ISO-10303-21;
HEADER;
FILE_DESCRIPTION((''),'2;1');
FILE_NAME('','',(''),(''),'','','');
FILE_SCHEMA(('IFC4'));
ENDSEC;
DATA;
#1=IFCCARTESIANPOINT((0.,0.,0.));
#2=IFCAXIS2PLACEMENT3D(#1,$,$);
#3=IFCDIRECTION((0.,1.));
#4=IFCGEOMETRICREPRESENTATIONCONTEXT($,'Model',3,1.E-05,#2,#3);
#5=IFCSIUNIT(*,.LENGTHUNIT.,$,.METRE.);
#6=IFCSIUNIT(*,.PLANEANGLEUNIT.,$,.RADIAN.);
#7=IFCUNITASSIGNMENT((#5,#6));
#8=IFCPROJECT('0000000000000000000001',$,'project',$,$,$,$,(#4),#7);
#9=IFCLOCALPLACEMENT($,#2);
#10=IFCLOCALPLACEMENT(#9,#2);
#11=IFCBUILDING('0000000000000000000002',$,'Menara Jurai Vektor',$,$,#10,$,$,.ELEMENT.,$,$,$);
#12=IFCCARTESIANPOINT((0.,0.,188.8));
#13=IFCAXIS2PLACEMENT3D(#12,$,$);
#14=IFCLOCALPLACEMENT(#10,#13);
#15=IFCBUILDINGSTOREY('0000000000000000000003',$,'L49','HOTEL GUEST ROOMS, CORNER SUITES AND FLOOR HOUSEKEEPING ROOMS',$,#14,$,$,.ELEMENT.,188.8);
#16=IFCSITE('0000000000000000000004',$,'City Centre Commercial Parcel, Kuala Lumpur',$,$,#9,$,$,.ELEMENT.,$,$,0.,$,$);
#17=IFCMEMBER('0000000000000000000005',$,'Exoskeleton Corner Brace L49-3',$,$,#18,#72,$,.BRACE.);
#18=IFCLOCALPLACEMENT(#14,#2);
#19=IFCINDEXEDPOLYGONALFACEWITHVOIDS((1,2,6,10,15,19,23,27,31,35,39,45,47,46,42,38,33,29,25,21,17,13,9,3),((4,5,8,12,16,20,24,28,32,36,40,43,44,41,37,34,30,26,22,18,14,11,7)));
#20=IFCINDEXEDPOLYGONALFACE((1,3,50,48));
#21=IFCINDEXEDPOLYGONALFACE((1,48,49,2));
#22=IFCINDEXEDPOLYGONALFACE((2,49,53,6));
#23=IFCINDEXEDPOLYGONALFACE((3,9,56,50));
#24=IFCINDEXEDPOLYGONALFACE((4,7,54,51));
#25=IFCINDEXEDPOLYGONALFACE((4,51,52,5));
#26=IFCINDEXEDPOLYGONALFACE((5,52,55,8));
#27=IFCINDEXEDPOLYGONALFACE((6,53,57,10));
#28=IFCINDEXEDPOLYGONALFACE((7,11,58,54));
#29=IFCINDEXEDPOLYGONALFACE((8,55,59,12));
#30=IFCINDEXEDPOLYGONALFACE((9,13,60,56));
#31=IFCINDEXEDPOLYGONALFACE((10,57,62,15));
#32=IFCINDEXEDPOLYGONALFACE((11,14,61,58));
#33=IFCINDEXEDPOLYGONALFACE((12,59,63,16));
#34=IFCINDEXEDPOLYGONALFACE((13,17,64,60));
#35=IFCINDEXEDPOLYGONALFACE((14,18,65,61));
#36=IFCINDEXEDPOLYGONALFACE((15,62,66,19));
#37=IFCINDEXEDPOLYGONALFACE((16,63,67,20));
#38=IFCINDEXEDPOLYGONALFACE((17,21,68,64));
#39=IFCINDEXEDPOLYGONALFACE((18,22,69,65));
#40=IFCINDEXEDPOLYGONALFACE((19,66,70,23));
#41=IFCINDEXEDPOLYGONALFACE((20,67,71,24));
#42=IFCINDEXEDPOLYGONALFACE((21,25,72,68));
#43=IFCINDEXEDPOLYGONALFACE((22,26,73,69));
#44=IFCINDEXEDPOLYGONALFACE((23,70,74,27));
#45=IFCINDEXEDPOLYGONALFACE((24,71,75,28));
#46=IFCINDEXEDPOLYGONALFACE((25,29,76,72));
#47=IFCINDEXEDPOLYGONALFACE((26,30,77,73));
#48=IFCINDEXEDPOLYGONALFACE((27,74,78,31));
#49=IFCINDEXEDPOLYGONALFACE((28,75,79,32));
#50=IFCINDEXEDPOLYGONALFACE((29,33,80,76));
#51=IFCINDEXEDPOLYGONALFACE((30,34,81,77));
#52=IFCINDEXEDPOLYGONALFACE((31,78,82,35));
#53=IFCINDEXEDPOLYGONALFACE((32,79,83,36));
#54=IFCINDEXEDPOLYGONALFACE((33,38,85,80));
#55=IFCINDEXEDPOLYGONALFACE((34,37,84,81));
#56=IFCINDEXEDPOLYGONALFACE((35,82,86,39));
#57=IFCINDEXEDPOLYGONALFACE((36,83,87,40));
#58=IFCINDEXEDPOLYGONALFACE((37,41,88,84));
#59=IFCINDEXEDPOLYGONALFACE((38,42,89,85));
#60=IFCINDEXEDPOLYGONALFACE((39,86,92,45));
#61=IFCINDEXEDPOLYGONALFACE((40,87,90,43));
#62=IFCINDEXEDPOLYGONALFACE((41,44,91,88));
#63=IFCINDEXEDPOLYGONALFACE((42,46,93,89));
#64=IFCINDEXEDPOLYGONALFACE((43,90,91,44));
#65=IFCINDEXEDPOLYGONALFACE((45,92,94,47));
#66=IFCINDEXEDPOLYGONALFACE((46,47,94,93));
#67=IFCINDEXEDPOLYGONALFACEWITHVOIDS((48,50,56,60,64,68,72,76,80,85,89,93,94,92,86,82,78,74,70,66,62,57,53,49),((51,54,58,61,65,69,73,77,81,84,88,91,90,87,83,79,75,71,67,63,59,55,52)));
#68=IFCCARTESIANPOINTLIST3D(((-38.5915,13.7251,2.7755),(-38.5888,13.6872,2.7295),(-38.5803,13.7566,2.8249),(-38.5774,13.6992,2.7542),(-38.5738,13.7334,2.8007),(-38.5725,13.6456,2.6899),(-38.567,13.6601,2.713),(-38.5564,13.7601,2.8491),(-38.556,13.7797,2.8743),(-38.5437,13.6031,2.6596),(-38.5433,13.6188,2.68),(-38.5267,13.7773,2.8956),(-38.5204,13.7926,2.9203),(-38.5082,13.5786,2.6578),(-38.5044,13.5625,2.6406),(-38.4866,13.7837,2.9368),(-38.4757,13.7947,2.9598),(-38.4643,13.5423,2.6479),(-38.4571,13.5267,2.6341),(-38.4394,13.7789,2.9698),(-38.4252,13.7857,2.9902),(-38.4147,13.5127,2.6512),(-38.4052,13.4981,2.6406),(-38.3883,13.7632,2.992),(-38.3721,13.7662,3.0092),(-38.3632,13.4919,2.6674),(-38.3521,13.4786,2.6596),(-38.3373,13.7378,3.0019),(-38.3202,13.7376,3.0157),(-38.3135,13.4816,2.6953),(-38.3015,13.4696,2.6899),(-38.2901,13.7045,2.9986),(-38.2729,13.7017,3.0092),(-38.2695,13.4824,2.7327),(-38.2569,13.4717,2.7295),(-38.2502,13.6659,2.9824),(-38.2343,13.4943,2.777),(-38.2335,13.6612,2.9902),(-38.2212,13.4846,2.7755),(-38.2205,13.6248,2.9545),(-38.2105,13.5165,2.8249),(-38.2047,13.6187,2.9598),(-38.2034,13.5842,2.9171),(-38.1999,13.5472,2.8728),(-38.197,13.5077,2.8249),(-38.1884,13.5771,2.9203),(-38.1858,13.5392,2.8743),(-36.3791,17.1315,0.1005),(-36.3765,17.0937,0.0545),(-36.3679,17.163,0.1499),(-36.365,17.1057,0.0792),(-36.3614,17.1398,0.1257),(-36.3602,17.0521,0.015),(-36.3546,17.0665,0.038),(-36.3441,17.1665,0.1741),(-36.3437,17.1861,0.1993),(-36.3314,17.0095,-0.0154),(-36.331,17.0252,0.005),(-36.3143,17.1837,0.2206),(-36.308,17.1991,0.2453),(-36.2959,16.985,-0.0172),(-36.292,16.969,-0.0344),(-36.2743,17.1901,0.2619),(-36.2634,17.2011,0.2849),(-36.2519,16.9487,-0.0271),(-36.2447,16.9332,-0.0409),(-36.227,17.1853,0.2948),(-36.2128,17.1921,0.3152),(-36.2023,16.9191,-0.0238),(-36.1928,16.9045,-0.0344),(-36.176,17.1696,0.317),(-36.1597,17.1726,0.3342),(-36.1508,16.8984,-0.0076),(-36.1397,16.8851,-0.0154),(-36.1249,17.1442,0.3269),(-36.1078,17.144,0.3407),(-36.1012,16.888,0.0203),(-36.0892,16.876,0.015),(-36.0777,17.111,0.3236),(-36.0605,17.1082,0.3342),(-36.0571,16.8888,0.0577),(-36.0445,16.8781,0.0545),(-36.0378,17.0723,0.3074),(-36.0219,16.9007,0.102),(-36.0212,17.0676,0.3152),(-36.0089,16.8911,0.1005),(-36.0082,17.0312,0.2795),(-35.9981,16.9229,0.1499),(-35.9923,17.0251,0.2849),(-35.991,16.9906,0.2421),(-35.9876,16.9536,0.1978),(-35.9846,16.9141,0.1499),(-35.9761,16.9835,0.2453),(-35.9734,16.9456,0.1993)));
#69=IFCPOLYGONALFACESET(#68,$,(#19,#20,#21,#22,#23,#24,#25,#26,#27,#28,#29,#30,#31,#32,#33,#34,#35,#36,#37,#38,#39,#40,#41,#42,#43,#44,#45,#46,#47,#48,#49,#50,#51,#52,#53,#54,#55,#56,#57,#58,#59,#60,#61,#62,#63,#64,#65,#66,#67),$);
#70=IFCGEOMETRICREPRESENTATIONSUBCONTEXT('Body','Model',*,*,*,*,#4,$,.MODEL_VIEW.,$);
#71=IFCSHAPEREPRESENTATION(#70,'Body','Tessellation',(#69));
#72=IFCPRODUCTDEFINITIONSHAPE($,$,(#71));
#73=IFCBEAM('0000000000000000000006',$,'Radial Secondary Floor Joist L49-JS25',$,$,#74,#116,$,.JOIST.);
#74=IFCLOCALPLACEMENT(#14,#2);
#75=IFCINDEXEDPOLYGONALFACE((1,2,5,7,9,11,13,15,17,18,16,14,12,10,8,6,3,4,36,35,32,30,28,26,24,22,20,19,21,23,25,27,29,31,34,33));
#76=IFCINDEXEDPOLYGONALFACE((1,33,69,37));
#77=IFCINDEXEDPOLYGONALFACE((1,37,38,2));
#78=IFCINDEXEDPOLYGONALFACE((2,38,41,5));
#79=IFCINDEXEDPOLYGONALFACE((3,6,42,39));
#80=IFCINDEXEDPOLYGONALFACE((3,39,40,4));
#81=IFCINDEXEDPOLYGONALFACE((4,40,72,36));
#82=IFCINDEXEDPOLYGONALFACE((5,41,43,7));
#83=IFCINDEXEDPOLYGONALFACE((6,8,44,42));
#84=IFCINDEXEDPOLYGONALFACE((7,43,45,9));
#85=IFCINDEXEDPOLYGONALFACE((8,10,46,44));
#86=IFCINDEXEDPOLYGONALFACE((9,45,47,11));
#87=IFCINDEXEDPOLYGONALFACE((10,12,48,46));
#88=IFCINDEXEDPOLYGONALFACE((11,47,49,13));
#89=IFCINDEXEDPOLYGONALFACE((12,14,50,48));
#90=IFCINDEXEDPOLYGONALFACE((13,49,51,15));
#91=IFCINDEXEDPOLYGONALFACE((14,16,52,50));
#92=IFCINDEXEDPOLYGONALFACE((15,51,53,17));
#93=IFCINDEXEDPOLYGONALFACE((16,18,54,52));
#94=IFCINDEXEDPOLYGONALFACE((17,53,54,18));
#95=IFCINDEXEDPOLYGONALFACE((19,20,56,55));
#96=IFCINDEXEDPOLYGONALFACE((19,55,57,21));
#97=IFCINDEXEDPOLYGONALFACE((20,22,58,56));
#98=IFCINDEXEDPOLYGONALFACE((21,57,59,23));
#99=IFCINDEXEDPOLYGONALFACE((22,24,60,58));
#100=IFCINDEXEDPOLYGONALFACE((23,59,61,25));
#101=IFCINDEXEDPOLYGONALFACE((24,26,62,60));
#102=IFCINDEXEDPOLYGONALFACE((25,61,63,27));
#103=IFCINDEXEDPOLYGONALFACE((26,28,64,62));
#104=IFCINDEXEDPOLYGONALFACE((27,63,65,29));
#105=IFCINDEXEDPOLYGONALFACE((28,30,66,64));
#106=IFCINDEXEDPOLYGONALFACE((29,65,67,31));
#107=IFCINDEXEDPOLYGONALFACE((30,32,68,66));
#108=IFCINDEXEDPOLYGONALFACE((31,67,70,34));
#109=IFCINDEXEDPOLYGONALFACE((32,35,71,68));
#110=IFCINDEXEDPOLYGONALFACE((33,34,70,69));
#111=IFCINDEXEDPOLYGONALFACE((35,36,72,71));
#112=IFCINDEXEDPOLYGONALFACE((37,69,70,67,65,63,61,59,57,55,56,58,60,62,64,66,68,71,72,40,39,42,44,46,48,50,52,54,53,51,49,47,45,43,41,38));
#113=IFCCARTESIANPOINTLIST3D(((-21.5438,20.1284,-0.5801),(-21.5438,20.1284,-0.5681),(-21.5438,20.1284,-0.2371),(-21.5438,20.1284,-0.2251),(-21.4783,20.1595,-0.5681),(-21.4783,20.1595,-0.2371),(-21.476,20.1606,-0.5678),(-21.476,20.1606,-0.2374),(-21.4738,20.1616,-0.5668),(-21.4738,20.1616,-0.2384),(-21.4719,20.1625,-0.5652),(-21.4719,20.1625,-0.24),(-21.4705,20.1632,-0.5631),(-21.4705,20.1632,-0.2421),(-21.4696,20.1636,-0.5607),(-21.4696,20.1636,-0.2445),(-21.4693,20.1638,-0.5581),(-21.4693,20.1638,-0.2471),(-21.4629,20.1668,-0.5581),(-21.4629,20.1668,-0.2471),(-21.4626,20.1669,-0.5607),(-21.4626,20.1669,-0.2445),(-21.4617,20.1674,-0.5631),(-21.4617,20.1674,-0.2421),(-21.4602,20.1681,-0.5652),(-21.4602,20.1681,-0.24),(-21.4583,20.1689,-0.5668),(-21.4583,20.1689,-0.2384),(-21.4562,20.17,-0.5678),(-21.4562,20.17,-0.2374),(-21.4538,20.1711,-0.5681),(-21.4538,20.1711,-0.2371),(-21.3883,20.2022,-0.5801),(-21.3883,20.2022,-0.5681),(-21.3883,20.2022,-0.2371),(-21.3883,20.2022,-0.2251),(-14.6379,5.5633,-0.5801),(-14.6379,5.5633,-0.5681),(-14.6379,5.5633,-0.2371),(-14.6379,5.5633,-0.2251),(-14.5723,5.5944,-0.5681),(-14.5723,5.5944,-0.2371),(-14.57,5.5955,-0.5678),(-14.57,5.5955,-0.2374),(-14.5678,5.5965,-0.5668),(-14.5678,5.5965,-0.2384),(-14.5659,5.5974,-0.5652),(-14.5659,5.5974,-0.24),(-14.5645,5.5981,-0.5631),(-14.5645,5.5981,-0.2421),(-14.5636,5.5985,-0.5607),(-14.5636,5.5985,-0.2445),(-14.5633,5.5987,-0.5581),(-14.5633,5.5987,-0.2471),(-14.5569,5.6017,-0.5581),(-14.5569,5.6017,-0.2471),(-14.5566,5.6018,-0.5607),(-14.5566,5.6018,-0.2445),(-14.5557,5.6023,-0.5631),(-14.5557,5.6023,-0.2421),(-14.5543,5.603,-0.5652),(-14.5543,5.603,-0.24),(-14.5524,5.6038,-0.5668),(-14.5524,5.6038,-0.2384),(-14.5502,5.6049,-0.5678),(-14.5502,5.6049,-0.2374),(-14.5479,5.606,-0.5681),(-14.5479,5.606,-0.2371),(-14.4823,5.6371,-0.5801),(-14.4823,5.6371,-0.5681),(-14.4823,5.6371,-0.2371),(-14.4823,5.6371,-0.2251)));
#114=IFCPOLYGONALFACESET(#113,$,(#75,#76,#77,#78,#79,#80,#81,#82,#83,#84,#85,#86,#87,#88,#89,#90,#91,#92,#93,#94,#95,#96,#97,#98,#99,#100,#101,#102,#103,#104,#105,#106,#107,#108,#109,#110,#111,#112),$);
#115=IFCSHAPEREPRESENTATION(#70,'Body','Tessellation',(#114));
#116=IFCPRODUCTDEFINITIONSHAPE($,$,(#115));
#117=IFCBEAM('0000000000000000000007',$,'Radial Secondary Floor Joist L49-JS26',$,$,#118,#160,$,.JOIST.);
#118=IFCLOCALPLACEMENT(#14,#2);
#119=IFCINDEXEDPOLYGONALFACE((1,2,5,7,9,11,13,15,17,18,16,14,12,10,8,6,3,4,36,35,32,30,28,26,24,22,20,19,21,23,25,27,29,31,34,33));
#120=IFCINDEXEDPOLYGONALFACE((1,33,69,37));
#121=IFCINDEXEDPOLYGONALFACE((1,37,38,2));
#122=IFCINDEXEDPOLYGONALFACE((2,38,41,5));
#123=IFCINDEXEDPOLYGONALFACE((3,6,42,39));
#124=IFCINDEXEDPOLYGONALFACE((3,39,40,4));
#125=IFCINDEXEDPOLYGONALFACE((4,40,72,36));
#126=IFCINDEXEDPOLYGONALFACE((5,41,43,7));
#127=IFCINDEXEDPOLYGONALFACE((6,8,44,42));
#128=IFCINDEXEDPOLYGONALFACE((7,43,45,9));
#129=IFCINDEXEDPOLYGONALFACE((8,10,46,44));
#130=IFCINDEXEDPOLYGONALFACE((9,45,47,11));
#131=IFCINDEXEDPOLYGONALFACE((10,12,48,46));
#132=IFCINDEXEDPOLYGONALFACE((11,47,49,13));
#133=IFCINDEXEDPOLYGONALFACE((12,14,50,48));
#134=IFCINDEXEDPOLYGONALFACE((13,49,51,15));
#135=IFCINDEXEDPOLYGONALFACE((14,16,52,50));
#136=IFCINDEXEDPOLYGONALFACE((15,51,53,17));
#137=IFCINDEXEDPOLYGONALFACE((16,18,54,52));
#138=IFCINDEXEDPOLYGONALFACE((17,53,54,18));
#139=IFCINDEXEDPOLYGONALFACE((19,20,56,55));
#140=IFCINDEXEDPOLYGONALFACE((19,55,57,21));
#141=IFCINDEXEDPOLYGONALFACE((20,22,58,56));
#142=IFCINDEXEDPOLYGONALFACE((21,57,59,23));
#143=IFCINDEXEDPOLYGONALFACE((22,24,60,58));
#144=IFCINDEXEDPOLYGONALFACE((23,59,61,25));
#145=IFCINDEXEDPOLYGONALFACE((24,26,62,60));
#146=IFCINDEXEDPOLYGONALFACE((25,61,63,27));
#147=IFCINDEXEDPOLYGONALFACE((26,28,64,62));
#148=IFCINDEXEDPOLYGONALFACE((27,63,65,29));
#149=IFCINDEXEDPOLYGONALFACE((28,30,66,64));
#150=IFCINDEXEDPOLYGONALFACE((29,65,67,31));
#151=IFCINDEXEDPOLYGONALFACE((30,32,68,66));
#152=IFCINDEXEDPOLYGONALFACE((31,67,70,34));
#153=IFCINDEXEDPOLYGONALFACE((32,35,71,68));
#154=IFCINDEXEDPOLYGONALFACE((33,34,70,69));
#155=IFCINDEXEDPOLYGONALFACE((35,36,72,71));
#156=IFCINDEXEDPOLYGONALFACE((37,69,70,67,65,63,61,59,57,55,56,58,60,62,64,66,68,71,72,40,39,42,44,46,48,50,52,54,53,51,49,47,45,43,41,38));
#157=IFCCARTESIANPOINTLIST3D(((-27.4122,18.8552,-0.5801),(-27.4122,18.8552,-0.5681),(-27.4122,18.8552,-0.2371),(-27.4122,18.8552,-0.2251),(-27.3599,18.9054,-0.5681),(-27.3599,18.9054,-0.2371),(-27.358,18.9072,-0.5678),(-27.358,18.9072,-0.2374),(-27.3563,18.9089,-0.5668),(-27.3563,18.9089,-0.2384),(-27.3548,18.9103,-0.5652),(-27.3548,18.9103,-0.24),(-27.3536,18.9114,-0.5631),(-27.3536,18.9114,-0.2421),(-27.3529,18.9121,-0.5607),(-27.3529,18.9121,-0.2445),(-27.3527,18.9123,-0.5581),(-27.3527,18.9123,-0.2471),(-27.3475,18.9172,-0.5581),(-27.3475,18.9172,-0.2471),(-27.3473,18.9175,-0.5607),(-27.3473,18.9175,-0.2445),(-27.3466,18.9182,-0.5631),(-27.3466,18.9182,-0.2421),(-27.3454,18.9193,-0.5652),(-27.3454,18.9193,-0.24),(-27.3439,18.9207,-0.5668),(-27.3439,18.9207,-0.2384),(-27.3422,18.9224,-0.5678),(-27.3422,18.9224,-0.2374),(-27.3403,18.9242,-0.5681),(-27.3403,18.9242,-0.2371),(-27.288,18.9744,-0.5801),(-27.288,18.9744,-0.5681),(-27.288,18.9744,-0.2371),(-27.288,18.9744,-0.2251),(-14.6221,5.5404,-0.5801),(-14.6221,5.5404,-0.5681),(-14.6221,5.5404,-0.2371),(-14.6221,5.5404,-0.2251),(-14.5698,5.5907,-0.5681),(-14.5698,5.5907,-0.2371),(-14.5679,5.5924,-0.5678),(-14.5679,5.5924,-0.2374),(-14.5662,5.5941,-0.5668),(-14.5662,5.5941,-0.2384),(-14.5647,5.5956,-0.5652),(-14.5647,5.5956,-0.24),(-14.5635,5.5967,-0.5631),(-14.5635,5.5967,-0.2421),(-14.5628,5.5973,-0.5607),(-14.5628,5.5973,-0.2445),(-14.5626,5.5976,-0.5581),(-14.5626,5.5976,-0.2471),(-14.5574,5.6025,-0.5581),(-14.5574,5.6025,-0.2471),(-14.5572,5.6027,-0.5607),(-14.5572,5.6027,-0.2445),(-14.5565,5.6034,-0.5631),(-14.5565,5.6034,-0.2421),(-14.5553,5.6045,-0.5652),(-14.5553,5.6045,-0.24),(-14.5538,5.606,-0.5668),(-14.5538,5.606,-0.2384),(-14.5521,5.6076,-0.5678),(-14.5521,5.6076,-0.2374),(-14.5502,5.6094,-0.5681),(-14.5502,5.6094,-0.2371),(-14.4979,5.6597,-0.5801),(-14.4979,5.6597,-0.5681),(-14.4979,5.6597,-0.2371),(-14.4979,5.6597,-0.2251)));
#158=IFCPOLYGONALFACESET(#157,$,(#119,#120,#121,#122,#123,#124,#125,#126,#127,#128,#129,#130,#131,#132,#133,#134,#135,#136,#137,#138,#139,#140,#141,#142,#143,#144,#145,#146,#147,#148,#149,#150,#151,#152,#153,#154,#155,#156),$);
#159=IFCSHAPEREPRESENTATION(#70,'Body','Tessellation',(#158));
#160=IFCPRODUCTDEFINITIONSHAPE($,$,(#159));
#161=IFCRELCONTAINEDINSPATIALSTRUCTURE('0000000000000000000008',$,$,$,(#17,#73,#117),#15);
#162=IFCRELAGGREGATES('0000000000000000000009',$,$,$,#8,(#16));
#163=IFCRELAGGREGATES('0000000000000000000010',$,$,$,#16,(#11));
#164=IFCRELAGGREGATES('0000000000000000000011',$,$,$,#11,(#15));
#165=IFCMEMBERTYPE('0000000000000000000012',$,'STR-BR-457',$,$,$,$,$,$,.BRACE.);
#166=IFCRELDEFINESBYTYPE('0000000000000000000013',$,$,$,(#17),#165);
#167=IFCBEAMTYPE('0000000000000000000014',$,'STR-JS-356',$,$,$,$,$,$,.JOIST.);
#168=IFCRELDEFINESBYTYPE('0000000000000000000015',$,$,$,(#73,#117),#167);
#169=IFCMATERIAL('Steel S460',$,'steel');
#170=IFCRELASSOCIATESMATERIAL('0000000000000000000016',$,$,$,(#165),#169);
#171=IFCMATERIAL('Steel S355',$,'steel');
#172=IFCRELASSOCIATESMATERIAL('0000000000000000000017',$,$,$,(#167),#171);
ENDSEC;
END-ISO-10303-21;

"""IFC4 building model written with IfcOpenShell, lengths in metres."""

from ifc_helpers import new_model, si_unit, direction, frame, origin, origin_2d, place, context, subcontext, project, spatial, hollow_circle, i_section, extrude, material, material_profile, profile_set, type_object, element, save


model = new_model("IFC4")

# Units and contexts
model_context = context("Model", 3, precision=1e-05, world=origin(), true_north=direction((0.0, 1.0)))
body_context = subcontext(model_context, "Body", "Model", "MODEL_VIEW")
ifc_project = project(units=[si_unit("LENGTHUNIT", "METRE"), si_unit("PLANEANGLEUNIT", "RADIAN")], contexts=[model_context])

# Site, building, storey
site_placement = place(None, origin())
site = spatial("IfcSite", under=ifc_project, at=site_placement, Name="City Centre Commercial Parcel, Kuala Lumpur", CompositionType="ELEMENT", RefElevation=0.0)
building_placement = place(site_placement, origin())
building = spatial("IfcBuilding", under=site, at=building_placement, Name="Menara Jurai Vektor", CompositionType="ELEMENT")
storey_placement = place(building_placement, frame((0.0, 0.0, 188.8)))
storey = spatial("IfcBuildingStorey", under=building, at=storey_placement, Name="L49", Description="HOTEL GUEST ROOMS, CORNER SUITES AND FLOOR HOUSEKEEPING ROOMS", CompositionType="ELEMENT", Elevation=188.8)

# Shared definitions
ifc_material_1 = material(Name="Steel S460", Category="steel")

# Shared definitions
ifc_material_2 = material(Name="Steel S355", Category="steel")

# Member
ifc_material_profile_1 = material_profile(ifc_material_1, hollow_circle(Radius=0.2285, WallThickness=0.0161, at=origin_2d()), Name="CHS 457x16")
ifc_profile_set_1 = profile_set([ifc_material_profile_1], Name="Steel S460")
member_type_1 = type_object("IfcMemberType", Name="STR-BR-457", PredefinedType="BRACE", material=ifc_profile_set_1)
member_1_placement = place(storey_placement, frame((-36.1763, 17.0386, 0.1499), z_axis=(-0.454888, -0.700403, 0.550012), x_axis=(0.838648, -0.544674, 0.0)))
element("IfcMember", 1, at=member_1_placement, inside=storey, type_object=member_type_1, Name="Exoskeleton Corner Brace L49-3", PredefinedType="BRACE", context=body_context, shape_type="SweptSolid", body=[
    extrude(hollow_circle(Radius=0.2285, WallThickness=0.0161, at=origin_2d()), origin(), (0.0, 0.0, 1.0), 4.8635),
])

# Beams
ifc_material_profile_2 = material_profile(ifc_material_2, i_section(OverallWidth=0.1721, OverallDepth=0.355, WebThickness=0.0071, FlangeThickness=0.012, FilletRadius=0.01, at=origin_2d()), Name="UKB 356x171x51")
ifc_profile_set_2 = profile_set([ifc_material_profile_2], Name="Steel S355")
beam_type_1 = type_object("IfcBeamType", Name="STR-JS-356", PredefinedType="JOIST", material=ifc_profile_set_2)
beam_1_placement = place(storey_placement, frame((-21.4661, 20.1653, -0.4026), z_axis=(0.428426, -0.903577, 0.0), x_axis=(0.903577, 0.428426, 0.0)))
element("IfcBeam", 2, at=beam_1_placement, inside=storey, type_object=beam_type_1, Name="Radial Secondary Floor Joist L49-JS25", PredefinedType="JOIST", context=body_context, shape_type="SweptSolid", body=[
    extrude(i_section(OverallWidth=0.1721, OverallDepth=0.355, WebThickness=0.0071, FlangeThickness=0.012, FilletRadius=0.01, at=origin_2d()), origin(), (0.0, 0.0, 1.0), 16.1194),
])
beam_2_placement = place(storey_placement, frame((-27.3501, 18.9148, -0.4026), z_axis=(0.692755, -0.721173, 0.0), x_axis=(0.721173, 0.692755, 0.0)))
element("IfcBeam", 3, at=beam_2_placement, inside=storey, type_object=beam_type_1, Name="Radial Secondary Floor Joist L49-JS26", PredefinedType="JOIST", context=body_context, shape_type="SweptSolid", body=[
    extrude(i_section(OverallWidth=0.1721, OverallDepth=0.355, WebThickness=0.0071, FlangeThickness=0.012, FilletRadius=0.01, at=origin_2d()), origin(), (0.0, 0.0, 1.0), 18.4626),
])

save(model, "model.ifc")
